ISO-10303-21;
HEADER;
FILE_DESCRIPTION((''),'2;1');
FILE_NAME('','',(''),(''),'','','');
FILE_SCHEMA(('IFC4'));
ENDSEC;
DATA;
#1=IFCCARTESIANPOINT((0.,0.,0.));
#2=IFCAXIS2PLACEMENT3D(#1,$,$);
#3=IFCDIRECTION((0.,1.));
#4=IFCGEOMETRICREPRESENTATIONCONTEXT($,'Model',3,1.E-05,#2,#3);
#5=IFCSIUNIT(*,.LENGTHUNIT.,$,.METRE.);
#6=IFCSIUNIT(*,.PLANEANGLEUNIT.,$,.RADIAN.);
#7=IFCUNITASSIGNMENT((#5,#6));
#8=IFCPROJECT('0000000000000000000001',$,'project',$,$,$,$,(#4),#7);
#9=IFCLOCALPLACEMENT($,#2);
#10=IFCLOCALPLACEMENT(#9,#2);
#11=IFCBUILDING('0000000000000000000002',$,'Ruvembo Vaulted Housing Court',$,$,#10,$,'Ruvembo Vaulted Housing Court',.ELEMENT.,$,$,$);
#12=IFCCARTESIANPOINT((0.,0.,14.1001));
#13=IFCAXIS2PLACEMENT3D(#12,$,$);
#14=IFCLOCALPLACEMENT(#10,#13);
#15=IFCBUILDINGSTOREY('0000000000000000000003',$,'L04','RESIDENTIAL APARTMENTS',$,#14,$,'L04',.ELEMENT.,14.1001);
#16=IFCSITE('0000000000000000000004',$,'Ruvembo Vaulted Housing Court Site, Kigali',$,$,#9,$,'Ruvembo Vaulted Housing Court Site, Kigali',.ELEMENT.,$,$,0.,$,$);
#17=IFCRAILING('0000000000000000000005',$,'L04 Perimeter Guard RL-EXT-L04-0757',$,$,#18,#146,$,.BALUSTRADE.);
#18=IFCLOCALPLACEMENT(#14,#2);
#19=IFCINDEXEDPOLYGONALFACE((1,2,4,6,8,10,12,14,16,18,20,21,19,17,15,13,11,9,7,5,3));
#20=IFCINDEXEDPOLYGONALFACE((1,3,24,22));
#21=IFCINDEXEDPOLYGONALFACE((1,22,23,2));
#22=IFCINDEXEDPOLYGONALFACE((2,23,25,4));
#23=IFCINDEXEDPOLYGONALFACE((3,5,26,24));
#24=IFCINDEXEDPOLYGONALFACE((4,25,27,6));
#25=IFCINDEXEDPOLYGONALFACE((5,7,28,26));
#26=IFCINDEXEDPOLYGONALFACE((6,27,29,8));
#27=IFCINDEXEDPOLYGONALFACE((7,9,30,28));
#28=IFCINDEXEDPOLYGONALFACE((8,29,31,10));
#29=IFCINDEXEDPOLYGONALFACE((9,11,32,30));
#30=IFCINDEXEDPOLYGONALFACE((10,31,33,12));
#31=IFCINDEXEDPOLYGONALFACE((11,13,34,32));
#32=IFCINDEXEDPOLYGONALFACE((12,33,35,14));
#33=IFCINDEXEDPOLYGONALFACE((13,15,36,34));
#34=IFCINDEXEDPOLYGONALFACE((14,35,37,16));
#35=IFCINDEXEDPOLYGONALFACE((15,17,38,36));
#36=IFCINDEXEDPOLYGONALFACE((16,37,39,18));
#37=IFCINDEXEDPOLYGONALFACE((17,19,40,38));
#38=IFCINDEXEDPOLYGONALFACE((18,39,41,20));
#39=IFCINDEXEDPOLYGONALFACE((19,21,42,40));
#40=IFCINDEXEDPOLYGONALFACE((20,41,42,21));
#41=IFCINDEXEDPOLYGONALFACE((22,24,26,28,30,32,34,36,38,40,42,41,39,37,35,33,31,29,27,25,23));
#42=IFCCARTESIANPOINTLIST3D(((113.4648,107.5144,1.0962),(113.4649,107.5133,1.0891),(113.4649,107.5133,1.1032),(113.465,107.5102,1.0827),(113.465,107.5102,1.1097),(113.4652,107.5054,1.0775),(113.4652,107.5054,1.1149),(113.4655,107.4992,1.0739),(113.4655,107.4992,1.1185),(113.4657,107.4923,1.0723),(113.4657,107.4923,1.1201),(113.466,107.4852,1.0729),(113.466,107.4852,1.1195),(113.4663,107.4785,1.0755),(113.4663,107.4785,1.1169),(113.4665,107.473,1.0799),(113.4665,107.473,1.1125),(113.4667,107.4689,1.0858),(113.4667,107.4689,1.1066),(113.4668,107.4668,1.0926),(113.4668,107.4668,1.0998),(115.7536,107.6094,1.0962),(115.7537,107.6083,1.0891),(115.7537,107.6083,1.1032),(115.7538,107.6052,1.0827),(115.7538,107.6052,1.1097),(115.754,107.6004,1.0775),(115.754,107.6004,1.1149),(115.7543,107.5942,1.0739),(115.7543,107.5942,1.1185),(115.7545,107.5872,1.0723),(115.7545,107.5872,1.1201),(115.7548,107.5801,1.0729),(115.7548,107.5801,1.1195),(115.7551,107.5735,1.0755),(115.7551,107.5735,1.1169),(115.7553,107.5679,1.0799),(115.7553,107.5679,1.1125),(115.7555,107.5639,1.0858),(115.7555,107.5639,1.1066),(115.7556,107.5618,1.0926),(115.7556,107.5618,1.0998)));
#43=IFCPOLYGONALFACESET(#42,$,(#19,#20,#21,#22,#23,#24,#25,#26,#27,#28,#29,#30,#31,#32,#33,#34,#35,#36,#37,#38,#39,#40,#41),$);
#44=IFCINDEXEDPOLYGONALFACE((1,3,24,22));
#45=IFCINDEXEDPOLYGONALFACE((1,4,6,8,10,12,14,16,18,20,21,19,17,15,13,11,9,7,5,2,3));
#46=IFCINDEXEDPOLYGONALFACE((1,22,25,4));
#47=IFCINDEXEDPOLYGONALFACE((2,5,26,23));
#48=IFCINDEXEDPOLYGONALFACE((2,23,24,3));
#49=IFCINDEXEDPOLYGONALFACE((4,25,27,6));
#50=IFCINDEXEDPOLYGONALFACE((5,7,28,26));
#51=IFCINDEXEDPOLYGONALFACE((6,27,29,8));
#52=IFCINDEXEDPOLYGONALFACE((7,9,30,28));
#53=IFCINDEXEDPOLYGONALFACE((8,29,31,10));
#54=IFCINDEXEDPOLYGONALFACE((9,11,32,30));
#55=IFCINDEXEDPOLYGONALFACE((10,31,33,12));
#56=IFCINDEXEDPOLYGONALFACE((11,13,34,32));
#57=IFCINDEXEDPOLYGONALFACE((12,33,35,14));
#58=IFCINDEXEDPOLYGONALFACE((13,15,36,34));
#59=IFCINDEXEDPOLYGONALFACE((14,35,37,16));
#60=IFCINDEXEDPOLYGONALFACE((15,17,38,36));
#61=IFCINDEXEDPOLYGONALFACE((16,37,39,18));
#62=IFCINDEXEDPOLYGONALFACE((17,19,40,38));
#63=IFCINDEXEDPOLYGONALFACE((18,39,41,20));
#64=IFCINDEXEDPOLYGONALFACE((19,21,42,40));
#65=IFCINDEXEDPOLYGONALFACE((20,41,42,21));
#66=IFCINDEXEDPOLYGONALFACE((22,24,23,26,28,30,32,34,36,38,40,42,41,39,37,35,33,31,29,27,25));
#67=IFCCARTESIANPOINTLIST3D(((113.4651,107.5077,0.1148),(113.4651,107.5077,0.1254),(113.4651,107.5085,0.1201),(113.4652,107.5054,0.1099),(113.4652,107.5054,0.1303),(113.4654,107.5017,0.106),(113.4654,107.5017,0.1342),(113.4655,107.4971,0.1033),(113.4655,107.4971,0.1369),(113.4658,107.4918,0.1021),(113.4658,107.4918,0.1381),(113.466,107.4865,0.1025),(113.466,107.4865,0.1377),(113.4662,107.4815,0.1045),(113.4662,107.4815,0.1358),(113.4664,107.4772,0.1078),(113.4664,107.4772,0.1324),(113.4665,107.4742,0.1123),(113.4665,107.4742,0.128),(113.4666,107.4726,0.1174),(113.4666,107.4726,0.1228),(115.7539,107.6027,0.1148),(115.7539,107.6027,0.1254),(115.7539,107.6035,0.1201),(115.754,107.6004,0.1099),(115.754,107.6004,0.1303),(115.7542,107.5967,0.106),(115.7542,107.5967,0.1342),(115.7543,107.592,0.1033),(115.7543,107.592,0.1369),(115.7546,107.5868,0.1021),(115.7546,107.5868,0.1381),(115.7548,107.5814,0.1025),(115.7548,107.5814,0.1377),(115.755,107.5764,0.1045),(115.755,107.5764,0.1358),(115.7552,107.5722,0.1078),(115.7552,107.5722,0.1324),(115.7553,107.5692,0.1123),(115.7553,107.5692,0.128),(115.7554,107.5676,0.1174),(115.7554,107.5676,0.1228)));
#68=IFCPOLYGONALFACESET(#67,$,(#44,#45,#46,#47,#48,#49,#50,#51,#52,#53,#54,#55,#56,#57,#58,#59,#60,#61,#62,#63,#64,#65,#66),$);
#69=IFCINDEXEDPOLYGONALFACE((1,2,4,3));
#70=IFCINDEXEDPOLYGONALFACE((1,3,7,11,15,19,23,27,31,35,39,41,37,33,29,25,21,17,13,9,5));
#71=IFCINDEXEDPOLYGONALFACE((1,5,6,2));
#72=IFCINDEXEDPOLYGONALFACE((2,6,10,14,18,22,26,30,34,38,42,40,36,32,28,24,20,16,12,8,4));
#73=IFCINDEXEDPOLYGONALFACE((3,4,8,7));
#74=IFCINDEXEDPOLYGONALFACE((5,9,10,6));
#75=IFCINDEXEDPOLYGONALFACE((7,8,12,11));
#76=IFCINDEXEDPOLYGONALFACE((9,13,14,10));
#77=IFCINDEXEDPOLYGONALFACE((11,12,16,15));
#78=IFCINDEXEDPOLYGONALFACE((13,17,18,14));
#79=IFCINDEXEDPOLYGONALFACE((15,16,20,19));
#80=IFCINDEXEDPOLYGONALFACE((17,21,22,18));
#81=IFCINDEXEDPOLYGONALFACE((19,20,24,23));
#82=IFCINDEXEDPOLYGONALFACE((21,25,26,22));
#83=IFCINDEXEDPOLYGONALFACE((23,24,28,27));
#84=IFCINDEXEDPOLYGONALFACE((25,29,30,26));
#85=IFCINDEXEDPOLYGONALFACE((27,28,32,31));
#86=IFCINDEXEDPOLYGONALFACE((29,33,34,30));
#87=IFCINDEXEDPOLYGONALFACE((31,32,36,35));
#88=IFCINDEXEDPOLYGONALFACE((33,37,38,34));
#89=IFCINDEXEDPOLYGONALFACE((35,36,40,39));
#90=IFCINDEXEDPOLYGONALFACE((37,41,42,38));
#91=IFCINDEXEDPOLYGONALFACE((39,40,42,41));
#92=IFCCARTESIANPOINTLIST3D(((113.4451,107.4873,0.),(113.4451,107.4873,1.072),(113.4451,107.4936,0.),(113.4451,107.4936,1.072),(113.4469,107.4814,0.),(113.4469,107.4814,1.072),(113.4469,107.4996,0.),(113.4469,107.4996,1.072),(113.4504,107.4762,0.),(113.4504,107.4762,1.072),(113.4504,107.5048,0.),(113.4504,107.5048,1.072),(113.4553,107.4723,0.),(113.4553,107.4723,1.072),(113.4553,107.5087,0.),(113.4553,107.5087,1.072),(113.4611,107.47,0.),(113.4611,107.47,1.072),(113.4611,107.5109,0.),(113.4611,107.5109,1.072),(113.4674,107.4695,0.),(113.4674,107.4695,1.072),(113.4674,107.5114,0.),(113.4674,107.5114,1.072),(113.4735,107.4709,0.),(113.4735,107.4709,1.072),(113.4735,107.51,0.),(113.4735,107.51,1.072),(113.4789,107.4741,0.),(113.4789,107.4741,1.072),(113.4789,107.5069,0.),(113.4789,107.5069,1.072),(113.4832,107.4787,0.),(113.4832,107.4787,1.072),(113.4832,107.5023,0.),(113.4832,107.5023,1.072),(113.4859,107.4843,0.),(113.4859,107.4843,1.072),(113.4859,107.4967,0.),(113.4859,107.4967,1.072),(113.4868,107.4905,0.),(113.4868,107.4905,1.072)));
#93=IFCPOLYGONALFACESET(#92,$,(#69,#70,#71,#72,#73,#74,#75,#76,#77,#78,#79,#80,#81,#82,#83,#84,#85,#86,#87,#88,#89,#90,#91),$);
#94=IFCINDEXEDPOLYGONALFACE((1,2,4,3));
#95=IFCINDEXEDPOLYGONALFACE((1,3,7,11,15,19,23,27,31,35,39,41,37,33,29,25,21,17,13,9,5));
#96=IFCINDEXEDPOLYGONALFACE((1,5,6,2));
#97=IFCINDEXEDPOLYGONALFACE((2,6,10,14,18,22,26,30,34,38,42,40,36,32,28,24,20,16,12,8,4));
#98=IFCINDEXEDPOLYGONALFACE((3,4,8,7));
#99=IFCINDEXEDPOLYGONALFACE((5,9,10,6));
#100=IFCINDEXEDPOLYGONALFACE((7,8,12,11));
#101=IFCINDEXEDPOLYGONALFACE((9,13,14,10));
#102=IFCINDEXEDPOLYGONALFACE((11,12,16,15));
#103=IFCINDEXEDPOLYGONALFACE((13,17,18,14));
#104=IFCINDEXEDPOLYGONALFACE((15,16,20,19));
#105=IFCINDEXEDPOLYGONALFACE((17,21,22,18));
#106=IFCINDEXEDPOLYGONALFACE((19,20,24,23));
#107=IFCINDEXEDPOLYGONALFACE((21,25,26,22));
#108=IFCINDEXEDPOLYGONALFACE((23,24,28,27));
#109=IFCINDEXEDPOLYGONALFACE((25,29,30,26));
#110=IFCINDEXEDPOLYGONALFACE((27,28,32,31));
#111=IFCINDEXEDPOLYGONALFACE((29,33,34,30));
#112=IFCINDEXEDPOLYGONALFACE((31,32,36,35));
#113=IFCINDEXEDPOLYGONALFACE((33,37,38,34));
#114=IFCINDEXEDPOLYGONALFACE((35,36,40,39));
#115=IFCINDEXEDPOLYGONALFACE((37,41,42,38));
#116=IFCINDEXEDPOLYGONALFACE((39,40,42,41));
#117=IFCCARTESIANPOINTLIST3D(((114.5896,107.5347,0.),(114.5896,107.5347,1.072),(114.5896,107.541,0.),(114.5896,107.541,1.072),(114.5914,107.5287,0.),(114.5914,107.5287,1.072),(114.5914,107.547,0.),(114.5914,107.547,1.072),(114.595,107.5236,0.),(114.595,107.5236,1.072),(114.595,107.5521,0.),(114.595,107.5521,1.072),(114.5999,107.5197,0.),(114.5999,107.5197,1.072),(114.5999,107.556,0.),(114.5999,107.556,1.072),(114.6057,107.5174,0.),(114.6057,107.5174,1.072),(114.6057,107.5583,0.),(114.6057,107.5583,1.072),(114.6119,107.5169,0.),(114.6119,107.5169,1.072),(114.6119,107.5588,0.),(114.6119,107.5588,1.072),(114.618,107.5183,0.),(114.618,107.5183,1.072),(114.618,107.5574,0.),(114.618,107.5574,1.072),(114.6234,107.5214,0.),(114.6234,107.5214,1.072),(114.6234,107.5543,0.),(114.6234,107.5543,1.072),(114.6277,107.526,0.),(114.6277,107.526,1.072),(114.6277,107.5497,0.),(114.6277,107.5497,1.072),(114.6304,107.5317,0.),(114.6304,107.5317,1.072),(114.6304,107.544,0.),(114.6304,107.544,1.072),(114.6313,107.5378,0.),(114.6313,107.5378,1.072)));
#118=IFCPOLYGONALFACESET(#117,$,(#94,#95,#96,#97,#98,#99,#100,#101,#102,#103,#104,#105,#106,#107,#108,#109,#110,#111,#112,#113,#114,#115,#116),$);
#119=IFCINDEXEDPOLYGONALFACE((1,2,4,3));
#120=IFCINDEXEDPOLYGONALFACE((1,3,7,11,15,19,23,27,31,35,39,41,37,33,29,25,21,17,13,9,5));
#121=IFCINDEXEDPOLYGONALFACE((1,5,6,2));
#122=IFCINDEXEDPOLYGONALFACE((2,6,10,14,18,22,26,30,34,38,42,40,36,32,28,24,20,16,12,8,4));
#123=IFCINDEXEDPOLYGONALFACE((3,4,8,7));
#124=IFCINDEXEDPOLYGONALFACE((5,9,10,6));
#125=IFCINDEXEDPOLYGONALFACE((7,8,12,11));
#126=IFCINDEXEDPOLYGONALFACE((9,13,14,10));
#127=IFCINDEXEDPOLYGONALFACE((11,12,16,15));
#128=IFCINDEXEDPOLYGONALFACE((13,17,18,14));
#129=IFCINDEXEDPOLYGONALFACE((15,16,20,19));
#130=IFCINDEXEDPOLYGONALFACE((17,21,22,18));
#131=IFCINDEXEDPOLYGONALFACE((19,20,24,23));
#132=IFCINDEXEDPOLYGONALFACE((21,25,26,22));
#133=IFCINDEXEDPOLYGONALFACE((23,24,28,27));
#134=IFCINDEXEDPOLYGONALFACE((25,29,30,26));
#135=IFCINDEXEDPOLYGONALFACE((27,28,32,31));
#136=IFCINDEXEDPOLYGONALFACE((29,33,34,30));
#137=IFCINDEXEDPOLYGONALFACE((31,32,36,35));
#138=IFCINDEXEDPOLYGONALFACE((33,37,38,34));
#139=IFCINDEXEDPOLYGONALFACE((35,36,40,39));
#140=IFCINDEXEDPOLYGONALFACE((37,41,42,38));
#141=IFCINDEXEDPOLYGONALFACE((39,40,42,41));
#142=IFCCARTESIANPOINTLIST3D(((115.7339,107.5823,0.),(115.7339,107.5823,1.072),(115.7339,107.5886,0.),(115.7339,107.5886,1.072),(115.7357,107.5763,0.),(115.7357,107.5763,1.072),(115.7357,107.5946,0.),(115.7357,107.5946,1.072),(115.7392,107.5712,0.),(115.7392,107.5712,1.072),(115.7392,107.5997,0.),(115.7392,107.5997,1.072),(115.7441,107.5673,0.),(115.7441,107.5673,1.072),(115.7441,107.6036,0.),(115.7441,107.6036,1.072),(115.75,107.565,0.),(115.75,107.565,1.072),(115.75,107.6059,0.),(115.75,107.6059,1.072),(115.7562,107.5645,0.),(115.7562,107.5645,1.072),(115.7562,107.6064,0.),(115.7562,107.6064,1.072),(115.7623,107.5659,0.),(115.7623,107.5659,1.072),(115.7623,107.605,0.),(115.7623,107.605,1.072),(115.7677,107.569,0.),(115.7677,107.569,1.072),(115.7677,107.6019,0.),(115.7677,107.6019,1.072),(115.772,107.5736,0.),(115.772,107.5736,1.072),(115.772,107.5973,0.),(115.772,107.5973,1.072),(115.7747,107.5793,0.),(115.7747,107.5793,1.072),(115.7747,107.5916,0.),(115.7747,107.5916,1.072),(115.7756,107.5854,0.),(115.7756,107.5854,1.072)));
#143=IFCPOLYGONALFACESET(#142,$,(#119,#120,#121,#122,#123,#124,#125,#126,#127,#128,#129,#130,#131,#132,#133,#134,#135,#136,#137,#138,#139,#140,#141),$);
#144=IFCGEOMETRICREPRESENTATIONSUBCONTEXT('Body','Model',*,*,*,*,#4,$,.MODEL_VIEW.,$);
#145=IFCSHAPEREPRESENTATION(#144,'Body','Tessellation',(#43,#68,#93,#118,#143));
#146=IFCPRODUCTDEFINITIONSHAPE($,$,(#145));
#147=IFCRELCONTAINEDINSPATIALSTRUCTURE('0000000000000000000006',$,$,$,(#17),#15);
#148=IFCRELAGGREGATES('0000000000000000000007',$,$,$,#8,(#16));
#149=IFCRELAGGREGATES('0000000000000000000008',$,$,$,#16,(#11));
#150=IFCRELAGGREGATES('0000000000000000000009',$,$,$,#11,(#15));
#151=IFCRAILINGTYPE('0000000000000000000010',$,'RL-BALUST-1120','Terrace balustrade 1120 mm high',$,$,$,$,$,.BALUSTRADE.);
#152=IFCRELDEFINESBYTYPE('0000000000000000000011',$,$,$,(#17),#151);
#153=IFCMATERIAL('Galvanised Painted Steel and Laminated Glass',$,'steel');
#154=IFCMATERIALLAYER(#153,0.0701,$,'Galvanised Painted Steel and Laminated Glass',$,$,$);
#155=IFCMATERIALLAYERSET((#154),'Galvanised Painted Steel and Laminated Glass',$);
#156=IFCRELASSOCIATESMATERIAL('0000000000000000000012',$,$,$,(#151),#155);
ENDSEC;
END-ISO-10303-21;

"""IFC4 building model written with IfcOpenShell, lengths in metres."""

from ifc_helpers import new_model, si_unit, direction, frame, origin, origin_2d, place, context, subcontext, project, spatial, circle, extrude, material, layer, layer_set, type_object, element, save


model = new_model("IFC4")

# Units and contexts
model_context = context("Model", 3, precision=1e-05, world=origin(), true_north=direction((0.0, 1.0)))
body_context = subcontext(model_context, "Body", "Model", "MODEL_VIEW")
ifc_project = project(units=[si_unit("LENGTHUNIT", "METRE"), si_unit("PLANEANGLEUNIT", "RADIAN")], contexts=[model_context])

# Site, building, storey
site_placement = place(None, origin())
site = spatial("IfcSite", under=ifc_project, at=site_placement, Name="Ruvembo Vaulted Housing Court Site, Kigali", LongName="Ruvembo Vaulted Housing Court Site, Kigali", CompositionType="ELEMENT", RefElevation=0.0)
building_placement = place(site_placement, origin())
building = spatial("IfcBuilding", under=site, at=building_placement, Name="Ruvembo Vaulted Housing Court", LongName="Ruvembo Vaulted Housing Court", CompositionType="ELEMENT")
storey_placement = place(building_placement, frame((0.0, 0.0, 14.1001)))
storey = spatial("IfcBuildingStorey", under=building, at=storey_placement, Name="L04", Description="RESIDENTIAL APARTMENTS", LongName="L04", CompositionType="ELEMENT", Elevation=14.1001)

# Railing
ifc_material_1 = material(Name="Galvanised Painted Steel and Laminated Glass", Category="steel")
ifc_layer_1 = layer(ifc_material_1, 0.0701, Name="Galvanised Painted Steel and Laminated Glass")
ifc_layer_set_1 = layer_set([ifc_layer_1], Name="Galvanised Painted Steel and Laminated Glass")
railing_type = type_object("IfcRailingType", Name="RL-BALUST-1120", Description="Terrace balustrade 1120 mm high", PredefinedType="BALUSTRADE", material=ifc_layer_set_1)
railing_1_placement = place(storey_placement, frame((113.4658, 107.4905, 0.0)))
element("IfcRailing", 1, at=railing_1_placement, inside=storey, type_object=railing_type, Name="L04 Perimeter Guard RL-EXT-L04-0757", PredefinedType="BALUSTRADE", context=body_context, shape_type="SweptSolid", body=[
    extrude(circle(Radius=0.0239, at=origin_2d()), frame((0.0, 0.0, 1.0962), z_axis=(0.99914, 0.041458, 0.0), x_axis=(-0.041458, 0.99914, 0.0)), (0.0, 0.0, 1.0), 2.2908),
    extrude(circle(Radius=0.0181, at=origin_2d()), frame((0.0, 0.0, 0.1201), z_axis=(0.99914, 0.041458, 0.0), x_axis=(-0.041458, 0.99914, 0.0)), (0.0, 0.0, 1.0), 2.2908),
    extrude(circle(Radius=0.021, at=origin_2d()), origin(), (0.0, 0.0, 1.0), 1.072),
    extrude(circle(Radius=0.021, at=origin_2d()), frame((1.1445, 0.0474, 0.0)), (0.0, 0.0, 1.0), 1.072),
    extrude(circle(Radius=0.021, at=origin_2d()), frame((2.2888, 0.095, 0.0)), (0.0, 0.0, 1.0), 1.072),
])

save(model, "model.ifc")
